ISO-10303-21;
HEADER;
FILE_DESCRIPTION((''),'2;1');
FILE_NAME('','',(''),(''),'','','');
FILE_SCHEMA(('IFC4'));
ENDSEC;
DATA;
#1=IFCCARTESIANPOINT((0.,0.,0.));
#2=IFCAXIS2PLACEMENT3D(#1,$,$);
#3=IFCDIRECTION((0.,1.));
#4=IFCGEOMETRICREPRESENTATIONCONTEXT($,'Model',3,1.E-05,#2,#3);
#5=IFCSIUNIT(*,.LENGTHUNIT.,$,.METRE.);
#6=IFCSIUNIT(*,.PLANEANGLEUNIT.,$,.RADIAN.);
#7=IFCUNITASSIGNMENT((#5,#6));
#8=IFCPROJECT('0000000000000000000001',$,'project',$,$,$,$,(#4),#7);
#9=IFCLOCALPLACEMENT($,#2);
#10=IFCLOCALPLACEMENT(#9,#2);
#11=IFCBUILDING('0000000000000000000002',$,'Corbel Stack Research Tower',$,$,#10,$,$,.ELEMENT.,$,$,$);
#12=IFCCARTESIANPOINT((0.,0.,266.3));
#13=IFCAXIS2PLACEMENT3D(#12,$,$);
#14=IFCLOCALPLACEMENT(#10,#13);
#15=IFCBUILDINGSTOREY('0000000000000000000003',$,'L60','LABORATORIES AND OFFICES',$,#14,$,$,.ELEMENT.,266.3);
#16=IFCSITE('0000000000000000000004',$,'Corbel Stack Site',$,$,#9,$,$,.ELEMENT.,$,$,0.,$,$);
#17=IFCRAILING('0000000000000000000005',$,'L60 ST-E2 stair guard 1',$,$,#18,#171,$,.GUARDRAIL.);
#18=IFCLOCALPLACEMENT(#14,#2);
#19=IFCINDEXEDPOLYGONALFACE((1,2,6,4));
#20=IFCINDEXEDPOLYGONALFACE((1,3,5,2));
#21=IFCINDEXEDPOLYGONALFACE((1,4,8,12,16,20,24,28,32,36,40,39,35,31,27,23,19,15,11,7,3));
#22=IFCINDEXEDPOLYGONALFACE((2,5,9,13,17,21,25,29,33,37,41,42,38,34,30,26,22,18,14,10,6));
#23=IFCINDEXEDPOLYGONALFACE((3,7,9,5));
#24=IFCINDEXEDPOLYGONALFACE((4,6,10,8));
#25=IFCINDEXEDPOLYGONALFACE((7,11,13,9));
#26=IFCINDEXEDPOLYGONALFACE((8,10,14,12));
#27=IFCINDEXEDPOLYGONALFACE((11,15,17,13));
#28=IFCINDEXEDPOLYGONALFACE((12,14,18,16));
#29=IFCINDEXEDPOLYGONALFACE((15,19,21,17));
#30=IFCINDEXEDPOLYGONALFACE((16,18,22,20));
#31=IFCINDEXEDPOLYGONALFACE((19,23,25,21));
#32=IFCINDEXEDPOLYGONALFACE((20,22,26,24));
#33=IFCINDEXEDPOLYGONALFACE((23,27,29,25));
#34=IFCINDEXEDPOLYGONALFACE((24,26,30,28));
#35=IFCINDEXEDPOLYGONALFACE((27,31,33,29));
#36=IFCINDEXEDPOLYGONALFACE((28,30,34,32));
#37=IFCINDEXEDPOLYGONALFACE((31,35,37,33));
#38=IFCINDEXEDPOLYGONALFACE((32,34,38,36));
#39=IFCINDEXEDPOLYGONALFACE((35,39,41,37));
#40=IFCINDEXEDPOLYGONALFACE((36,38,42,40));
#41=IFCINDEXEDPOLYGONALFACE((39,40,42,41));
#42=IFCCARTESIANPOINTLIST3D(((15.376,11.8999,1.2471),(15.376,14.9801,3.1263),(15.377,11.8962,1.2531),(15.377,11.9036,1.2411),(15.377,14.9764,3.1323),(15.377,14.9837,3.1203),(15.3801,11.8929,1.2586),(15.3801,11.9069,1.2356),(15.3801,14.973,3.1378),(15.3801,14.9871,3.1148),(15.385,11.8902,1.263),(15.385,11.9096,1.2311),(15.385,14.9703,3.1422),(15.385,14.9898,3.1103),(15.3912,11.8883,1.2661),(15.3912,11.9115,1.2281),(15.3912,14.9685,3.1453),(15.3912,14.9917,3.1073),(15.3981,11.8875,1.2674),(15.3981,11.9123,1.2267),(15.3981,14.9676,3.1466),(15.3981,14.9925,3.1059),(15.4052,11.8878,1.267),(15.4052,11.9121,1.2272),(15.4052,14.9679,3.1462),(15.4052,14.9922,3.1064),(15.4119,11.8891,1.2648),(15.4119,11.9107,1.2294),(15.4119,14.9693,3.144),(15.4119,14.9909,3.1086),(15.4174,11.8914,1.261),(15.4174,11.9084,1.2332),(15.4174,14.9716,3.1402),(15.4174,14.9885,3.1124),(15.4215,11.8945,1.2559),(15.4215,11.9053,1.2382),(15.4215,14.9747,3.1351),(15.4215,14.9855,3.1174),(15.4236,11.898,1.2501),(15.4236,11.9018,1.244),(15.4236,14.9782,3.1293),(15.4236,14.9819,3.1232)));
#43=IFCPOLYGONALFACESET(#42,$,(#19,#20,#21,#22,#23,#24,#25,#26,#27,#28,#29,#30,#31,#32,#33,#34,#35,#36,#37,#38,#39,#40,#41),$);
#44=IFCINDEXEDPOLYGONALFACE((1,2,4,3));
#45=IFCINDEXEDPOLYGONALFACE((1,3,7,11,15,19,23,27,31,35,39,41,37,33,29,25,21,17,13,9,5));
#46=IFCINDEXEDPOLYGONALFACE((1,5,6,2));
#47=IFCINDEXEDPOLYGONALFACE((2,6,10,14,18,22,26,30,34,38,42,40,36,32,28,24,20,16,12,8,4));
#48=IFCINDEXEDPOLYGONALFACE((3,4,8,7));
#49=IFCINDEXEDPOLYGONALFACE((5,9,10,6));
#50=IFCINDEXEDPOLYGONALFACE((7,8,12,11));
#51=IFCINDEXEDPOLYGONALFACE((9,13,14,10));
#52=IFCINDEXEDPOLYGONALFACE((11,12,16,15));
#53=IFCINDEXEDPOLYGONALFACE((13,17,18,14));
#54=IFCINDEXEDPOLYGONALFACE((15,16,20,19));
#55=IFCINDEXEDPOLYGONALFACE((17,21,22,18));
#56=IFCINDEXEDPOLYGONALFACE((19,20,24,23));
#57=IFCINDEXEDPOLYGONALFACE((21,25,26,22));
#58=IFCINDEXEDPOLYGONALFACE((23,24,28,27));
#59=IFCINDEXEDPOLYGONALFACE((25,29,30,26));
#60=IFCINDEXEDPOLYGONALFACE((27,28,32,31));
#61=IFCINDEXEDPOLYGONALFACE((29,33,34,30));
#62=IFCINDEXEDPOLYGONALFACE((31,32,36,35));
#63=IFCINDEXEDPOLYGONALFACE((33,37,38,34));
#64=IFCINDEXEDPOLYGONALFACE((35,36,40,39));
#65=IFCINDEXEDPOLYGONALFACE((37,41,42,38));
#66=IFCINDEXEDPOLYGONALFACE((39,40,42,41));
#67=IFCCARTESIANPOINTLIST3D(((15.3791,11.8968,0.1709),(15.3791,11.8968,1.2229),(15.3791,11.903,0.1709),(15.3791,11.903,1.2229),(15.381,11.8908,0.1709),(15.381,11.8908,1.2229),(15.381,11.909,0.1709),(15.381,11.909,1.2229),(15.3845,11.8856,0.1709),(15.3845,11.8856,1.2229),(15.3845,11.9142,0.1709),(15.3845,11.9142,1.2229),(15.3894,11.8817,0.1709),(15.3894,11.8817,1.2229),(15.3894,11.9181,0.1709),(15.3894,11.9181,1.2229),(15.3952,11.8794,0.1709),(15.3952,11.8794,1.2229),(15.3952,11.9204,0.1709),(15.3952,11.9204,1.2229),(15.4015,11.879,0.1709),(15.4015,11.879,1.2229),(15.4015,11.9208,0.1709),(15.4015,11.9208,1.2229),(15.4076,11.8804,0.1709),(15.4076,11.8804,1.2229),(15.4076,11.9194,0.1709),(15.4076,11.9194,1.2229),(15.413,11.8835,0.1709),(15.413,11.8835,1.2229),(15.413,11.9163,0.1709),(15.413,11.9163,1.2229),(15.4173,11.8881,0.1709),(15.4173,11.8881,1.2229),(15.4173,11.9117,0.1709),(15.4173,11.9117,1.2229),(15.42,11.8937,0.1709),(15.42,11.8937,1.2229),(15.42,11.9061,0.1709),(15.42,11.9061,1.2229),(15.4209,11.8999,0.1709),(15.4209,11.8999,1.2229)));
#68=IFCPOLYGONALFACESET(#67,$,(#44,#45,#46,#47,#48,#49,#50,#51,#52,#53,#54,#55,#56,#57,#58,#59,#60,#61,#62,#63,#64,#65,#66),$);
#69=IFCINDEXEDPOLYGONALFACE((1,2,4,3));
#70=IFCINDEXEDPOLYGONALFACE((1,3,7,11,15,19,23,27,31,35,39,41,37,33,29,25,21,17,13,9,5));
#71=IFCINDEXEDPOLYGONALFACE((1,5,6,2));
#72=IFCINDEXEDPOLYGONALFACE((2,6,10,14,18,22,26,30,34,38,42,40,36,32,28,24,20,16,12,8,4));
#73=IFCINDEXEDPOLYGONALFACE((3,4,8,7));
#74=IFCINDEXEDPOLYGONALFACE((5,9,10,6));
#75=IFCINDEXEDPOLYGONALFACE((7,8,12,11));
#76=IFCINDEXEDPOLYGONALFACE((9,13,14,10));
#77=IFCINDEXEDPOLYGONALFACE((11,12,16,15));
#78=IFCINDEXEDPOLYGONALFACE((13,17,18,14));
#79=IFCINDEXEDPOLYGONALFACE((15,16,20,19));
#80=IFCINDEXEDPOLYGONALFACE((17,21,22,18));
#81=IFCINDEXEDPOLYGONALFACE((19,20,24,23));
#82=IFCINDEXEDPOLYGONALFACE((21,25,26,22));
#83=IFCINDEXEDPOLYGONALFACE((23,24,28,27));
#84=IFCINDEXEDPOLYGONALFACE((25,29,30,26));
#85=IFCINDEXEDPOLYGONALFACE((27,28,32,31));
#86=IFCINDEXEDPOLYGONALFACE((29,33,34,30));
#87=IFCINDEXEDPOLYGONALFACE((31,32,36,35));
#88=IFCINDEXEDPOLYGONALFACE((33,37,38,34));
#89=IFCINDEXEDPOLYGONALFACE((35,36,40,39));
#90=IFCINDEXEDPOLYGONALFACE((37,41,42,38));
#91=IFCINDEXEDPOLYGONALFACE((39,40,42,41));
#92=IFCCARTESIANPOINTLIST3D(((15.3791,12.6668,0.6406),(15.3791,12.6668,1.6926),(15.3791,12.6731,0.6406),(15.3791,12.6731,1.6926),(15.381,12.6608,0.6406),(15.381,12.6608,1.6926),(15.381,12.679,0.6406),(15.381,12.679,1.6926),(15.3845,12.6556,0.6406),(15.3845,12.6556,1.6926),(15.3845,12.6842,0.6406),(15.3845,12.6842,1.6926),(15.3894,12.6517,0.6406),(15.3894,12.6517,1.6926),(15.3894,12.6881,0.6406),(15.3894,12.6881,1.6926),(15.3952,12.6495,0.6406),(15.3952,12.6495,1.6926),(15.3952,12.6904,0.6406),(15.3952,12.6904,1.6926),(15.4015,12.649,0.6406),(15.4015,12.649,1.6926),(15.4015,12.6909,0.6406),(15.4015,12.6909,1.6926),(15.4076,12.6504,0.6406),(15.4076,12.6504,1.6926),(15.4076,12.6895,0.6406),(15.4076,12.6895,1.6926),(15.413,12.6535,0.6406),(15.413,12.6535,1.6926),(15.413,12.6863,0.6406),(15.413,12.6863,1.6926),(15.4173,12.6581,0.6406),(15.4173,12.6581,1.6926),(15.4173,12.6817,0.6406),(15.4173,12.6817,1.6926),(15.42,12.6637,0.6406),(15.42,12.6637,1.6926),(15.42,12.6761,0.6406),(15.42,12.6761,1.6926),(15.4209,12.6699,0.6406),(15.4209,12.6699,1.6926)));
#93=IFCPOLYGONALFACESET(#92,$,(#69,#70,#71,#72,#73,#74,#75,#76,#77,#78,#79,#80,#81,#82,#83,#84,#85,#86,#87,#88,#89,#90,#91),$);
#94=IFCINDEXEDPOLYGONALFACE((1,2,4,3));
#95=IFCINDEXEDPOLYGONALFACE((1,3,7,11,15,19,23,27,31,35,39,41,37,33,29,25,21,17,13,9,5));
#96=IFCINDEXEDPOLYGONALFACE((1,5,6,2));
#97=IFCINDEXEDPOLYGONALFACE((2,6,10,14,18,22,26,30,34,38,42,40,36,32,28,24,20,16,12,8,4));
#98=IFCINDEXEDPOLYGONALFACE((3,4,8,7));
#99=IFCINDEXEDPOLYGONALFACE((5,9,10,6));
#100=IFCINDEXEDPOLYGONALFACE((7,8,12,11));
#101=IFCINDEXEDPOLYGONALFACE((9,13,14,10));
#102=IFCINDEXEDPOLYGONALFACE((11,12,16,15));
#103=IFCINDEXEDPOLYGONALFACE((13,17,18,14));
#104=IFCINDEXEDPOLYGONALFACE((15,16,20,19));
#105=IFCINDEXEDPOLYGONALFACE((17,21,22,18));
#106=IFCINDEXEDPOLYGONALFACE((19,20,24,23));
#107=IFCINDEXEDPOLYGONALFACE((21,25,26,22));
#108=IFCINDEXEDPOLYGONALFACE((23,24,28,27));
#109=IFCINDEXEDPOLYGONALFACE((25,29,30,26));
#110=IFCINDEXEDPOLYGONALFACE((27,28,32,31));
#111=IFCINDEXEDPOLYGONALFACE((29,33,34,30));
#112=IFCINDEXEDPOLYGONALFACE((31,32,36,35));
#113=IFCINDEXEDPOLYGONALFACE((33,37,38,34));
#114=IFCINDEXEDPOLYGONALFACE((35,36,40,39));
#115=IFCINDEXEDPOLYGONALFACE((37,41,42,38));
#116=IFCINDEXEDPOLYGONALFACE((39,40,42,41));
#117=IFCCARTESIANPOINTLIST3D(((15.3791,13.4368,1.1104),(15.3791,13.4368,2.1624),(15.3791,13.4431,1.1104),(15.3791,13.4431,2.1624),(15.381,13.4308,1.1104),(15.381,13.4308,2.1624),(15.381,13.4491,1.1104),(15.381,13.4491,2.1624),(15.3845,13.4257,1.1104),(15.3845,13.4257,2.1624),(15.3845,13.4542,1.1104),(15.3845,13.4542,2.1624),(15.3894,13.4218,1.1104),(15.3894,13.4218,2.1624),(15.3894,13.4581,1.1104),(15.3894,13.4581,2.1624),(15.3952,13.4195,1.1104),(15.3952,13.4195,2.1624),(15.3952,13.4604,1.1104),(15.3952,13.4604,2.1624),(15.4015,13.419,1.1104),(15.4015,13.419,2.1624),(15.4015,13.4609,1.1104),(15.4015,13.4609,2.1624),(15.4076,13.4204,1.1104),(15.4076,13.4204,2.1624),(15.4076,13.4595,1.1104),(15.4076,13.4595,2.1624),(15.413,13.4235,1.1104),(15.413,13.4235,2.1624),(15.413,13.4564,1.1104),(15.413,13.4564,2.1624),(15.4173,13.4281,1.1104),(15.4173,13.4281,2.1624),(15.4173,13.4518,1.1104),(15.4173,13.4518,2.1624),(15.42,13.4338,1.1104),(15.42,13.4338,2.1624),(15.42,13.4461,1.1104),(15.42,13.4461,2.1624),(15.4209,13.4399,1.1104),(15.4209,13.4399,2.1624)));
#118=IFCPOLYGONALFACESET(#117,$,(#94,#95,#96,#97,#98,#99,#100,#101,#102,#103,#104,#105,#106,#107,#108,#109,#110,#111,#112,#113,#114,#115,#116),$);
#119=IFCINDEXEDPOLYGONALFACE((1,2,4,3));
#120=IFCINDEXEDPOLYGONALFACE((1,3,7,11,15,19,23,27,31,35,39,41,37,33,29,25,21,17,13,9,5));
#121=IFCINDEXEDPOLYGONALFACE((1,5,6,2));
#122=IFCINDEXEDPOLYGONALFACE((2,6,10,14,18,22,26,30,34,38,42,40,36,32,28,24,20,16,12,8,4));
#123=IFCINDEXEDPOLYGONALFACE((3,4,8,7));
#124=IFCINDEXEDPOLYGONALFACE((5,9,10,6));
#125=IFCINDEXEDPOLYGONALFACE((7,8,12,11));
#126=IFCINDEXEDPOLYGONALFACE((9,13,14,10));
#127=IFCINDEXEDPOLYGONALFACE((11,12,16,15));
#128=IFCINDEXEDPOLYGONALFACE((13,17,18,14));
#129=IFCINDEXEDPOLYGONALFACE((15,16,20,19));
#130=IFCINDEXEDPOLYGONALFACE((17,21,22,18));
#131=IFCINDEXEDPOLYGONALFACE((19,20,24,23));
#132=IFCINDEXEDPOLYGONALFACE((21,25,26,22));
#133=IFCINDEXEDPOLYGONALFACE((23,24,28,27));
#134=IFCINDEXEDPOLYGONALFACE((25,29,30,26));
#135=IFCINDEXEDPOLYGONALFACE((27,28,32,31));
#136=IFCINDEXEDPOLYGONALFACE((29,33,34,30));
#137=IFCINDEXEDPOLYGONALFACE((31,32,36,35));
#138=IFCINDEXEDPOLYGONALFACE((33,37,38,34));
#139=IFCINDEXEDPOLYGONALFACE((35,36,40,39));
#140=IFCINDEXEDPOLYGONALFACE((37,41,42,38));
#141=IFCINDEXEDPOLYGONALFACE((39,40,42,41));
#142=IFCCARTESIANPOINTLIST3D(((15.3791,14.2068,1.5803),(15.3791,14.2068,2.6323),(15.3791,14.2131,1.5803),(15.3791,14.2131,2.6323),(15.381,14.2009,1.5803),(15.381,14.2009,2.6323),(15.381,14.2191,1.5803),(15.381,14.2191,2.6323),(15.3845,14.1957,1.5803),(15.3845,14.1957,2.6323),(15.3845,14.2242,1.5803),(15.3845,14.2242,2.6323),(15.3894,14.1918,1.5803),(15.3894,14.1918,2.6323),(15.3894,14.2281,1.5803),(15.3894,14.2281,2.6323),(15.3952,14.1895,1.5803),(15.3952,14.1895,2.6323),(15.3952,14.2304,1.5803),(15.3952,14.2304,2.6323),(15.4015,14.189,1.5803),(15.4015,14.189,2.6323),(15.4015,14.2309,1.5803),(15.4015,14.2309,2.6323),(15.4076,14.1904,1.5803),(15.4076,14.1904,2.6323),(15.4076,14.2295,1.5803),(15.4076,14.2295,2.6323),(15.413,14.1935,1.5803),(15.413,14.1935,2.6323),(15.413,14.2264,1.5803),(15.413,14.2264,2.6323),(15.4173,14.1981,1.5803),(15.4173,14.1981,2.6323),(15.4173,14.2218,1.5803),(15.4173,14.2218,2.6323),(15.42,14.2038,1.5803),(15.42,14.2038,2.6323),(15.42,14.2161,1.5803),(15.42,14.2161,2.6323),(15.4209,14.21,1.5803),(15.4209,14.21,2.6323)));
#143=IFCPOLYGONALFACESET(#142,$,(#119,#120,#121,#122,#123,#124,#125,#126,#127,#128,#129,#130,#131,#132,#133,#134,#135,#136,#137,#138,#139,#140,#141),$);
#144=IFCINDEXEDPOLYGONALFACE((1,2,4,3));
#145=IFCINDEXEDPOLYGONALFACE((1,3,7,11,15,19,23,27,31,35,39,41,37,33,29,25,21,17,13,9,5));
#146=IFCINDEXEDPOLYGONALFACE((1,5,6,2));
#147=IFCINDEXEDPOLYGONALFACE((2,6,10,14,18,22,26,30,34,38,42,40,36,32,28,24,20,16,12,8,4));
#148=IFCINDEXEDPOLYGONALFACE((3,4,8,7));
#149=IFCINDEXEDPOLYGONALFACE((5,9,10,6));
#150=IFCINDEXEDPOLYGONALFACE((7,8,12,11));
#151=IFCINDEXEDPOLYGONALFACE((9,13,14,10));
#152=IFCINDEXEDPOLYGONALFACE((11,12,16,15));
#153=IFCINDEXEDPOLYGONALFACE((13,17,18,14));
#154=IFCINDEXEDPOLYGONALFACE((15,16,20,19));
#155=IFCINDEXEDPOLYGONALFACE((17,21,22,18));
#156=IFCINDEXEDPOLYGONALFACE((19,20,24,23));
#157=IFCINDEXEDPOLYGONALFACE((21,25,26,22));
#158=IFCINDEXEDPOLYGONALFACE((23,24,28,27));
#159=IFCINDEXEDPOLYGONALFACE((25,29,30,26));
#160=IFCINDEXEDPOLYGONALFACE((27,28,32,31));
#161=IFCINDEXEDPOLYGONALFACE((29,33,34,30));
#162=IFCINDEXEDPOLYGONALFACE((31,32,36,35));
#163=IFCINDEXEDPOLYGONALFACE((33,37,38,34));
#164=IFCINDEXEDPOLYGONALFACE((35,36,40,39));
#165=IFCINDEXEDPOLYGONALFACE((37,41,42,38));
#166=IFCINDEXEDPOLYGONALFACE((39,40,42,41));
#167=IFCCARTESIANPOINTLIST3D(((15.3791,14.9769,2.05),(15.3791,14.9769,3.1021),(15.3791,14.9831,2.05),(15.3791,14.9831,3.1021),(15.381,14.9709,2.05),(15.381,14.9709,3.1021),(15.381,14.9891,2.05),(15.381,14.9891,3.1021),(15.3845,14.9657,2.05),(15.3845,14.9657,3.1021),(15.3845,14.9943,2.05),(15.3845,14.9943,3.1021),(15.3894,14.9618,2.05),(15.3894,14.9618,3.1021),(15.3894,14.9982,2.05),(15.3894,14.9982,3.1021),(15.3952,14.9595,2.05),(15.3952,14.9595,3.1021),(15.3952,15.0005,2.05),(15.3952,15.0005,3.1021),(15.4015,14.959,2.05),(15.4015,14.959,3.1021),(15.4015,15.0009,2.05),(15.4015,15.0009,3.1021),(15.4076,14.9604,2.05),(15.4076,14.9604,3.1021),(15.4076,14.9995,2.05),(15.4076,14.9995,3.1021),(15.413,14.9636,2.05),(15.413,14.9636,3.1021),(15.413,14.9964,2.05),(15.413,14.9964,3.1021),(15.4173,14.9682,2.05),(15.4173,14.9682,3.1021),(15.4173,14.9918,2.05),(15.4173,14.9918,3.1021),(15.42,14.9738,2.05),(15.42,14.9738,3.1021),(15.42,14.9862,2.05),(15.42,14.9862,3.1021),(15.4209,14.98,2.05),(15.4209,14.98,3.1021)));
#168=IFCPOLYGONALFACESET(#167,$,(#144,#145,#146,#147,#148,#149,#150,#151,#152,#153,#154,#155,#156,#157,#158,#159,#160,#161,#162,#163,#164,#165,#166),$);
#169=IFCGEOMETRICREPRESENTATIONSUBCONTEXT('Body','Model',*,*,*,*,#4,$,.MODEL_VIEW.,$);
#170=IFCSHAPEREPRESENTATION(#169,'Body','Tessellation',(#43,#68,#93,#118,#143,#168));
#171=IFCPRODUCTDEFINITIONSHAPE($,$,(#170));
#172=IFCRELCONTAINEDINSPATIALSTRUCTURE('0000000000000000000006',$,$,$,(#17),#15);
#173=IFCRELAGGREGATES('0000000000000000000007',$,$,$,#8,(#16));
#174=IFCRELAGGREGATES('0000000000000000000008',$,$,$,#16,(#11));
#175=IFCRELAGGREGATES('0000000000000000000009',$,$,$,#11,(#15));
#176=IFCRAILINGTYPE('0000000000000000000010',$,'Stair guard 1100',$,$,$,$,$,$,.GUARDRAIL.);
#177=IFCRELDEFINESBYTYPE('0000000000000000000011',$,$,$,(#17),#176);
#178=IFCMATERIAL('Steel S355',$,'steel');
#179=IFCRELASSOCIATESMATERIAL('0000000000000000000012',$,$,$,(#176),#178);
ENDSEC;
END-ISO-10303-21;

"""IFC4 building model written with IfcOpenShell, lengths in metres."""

from ifc_helpers import new_model, si_unit, direction, frame, origin, origin_2d, place, context, subcontext, project, spatial, circle, extrude, material, type_object, element, save


model = new_model("IFC4")

# Units and contexts
model_context = context("Model", 3, precision=1e-05, world=origin(), true_north=direction((0.0, 1.0)))
body_context = subcontext(model_context, "Body", "Model", "MODEL_VIEW")
ifc_project = project(units=[si_unit("LENGTHUNIT", "METRE"), si_unit("PLANEANGLEUNIT", "RADIAN")], contexts=[model_context])

# Site, building, storey
site_placement = place(None, origin())
site = spatial("IfcSite", under=ifc_project, at=site_placement, Name="Corbel Stack Site", CompositionType="ELEMENT", RefElevation=0.0)
building_placement = place(site_placement, origin())
building = spatial("IfcBuilding", under=site, at=building_placement, Name="Corbel Stack Research Tower", CompositionType="ELEMENT")
storey_placement = place(building_placement, frame((0.0, 0.0, 266.3)))
storey = spatial("IfcBuildingStorey", under=building, at=storey_placement, Name="L60", Description="LABORATORIES AND OFFICES", CompositionType="ELEMENT", Elevation=266.3)

# Railing
ifc_material_1 = material(Name="Steel S355", Category="steel")
railing_type_1 = type_object("IfcRailingType", Name="Stair guard 1100", PredefinedType="GUARDRAIL", material=ifc_material_1)
railing_1_placement = place(storey_placement, frame((15.3999, 11.8999, 0.1709)))
element("IfcRailing", 1, at=railing_1_placement, inside=storey, type_object=railing_type_1, Name="L60 ST-E2 stair guard 1", PredefinedType="GUARDRAIL", context=body_context, shape_type="SweptSolid", body=[
    extrude(circle(Radius=0.0239, at=origin_2d()), frame((0.0, 0.0, 1.0762), z_axis=(0.0, 0.853666, 0.52082), x_axis=(-1.0, 0.0, 0.0)), (0.0, 0.0, 1.0), 3.6082),
    extrude(circle(Radius=0.021, at=origin_2d()), origin(), (0.0, 0.0, 1.0), 1.052),
    extrude(circle(Radius=0.021, at=origin_2d()), frame((0.0, 0.77, 0.4697)), (0.0, 0.0, 1.0), 1.052),
    extrude(circle(Radius=0.021, at=origin_2d()), frame((0.0, 1.54, 0.9395)), (0.0, 0.0, 1.0), 1.052),
    extrude(circle(Radius=0.021, at=origin_2d()), frame((0.0, 2.3101, 1.4094)), (0.0, 0.0, 1.0), 1.052),
    extrude(circle(Radius=0.021, at=origin_2d()), frame((0.0, 3.0801, 1.8792)), (0.0, 0.0, 1.0), 1.052),
])

save(model, "model.ifc")
